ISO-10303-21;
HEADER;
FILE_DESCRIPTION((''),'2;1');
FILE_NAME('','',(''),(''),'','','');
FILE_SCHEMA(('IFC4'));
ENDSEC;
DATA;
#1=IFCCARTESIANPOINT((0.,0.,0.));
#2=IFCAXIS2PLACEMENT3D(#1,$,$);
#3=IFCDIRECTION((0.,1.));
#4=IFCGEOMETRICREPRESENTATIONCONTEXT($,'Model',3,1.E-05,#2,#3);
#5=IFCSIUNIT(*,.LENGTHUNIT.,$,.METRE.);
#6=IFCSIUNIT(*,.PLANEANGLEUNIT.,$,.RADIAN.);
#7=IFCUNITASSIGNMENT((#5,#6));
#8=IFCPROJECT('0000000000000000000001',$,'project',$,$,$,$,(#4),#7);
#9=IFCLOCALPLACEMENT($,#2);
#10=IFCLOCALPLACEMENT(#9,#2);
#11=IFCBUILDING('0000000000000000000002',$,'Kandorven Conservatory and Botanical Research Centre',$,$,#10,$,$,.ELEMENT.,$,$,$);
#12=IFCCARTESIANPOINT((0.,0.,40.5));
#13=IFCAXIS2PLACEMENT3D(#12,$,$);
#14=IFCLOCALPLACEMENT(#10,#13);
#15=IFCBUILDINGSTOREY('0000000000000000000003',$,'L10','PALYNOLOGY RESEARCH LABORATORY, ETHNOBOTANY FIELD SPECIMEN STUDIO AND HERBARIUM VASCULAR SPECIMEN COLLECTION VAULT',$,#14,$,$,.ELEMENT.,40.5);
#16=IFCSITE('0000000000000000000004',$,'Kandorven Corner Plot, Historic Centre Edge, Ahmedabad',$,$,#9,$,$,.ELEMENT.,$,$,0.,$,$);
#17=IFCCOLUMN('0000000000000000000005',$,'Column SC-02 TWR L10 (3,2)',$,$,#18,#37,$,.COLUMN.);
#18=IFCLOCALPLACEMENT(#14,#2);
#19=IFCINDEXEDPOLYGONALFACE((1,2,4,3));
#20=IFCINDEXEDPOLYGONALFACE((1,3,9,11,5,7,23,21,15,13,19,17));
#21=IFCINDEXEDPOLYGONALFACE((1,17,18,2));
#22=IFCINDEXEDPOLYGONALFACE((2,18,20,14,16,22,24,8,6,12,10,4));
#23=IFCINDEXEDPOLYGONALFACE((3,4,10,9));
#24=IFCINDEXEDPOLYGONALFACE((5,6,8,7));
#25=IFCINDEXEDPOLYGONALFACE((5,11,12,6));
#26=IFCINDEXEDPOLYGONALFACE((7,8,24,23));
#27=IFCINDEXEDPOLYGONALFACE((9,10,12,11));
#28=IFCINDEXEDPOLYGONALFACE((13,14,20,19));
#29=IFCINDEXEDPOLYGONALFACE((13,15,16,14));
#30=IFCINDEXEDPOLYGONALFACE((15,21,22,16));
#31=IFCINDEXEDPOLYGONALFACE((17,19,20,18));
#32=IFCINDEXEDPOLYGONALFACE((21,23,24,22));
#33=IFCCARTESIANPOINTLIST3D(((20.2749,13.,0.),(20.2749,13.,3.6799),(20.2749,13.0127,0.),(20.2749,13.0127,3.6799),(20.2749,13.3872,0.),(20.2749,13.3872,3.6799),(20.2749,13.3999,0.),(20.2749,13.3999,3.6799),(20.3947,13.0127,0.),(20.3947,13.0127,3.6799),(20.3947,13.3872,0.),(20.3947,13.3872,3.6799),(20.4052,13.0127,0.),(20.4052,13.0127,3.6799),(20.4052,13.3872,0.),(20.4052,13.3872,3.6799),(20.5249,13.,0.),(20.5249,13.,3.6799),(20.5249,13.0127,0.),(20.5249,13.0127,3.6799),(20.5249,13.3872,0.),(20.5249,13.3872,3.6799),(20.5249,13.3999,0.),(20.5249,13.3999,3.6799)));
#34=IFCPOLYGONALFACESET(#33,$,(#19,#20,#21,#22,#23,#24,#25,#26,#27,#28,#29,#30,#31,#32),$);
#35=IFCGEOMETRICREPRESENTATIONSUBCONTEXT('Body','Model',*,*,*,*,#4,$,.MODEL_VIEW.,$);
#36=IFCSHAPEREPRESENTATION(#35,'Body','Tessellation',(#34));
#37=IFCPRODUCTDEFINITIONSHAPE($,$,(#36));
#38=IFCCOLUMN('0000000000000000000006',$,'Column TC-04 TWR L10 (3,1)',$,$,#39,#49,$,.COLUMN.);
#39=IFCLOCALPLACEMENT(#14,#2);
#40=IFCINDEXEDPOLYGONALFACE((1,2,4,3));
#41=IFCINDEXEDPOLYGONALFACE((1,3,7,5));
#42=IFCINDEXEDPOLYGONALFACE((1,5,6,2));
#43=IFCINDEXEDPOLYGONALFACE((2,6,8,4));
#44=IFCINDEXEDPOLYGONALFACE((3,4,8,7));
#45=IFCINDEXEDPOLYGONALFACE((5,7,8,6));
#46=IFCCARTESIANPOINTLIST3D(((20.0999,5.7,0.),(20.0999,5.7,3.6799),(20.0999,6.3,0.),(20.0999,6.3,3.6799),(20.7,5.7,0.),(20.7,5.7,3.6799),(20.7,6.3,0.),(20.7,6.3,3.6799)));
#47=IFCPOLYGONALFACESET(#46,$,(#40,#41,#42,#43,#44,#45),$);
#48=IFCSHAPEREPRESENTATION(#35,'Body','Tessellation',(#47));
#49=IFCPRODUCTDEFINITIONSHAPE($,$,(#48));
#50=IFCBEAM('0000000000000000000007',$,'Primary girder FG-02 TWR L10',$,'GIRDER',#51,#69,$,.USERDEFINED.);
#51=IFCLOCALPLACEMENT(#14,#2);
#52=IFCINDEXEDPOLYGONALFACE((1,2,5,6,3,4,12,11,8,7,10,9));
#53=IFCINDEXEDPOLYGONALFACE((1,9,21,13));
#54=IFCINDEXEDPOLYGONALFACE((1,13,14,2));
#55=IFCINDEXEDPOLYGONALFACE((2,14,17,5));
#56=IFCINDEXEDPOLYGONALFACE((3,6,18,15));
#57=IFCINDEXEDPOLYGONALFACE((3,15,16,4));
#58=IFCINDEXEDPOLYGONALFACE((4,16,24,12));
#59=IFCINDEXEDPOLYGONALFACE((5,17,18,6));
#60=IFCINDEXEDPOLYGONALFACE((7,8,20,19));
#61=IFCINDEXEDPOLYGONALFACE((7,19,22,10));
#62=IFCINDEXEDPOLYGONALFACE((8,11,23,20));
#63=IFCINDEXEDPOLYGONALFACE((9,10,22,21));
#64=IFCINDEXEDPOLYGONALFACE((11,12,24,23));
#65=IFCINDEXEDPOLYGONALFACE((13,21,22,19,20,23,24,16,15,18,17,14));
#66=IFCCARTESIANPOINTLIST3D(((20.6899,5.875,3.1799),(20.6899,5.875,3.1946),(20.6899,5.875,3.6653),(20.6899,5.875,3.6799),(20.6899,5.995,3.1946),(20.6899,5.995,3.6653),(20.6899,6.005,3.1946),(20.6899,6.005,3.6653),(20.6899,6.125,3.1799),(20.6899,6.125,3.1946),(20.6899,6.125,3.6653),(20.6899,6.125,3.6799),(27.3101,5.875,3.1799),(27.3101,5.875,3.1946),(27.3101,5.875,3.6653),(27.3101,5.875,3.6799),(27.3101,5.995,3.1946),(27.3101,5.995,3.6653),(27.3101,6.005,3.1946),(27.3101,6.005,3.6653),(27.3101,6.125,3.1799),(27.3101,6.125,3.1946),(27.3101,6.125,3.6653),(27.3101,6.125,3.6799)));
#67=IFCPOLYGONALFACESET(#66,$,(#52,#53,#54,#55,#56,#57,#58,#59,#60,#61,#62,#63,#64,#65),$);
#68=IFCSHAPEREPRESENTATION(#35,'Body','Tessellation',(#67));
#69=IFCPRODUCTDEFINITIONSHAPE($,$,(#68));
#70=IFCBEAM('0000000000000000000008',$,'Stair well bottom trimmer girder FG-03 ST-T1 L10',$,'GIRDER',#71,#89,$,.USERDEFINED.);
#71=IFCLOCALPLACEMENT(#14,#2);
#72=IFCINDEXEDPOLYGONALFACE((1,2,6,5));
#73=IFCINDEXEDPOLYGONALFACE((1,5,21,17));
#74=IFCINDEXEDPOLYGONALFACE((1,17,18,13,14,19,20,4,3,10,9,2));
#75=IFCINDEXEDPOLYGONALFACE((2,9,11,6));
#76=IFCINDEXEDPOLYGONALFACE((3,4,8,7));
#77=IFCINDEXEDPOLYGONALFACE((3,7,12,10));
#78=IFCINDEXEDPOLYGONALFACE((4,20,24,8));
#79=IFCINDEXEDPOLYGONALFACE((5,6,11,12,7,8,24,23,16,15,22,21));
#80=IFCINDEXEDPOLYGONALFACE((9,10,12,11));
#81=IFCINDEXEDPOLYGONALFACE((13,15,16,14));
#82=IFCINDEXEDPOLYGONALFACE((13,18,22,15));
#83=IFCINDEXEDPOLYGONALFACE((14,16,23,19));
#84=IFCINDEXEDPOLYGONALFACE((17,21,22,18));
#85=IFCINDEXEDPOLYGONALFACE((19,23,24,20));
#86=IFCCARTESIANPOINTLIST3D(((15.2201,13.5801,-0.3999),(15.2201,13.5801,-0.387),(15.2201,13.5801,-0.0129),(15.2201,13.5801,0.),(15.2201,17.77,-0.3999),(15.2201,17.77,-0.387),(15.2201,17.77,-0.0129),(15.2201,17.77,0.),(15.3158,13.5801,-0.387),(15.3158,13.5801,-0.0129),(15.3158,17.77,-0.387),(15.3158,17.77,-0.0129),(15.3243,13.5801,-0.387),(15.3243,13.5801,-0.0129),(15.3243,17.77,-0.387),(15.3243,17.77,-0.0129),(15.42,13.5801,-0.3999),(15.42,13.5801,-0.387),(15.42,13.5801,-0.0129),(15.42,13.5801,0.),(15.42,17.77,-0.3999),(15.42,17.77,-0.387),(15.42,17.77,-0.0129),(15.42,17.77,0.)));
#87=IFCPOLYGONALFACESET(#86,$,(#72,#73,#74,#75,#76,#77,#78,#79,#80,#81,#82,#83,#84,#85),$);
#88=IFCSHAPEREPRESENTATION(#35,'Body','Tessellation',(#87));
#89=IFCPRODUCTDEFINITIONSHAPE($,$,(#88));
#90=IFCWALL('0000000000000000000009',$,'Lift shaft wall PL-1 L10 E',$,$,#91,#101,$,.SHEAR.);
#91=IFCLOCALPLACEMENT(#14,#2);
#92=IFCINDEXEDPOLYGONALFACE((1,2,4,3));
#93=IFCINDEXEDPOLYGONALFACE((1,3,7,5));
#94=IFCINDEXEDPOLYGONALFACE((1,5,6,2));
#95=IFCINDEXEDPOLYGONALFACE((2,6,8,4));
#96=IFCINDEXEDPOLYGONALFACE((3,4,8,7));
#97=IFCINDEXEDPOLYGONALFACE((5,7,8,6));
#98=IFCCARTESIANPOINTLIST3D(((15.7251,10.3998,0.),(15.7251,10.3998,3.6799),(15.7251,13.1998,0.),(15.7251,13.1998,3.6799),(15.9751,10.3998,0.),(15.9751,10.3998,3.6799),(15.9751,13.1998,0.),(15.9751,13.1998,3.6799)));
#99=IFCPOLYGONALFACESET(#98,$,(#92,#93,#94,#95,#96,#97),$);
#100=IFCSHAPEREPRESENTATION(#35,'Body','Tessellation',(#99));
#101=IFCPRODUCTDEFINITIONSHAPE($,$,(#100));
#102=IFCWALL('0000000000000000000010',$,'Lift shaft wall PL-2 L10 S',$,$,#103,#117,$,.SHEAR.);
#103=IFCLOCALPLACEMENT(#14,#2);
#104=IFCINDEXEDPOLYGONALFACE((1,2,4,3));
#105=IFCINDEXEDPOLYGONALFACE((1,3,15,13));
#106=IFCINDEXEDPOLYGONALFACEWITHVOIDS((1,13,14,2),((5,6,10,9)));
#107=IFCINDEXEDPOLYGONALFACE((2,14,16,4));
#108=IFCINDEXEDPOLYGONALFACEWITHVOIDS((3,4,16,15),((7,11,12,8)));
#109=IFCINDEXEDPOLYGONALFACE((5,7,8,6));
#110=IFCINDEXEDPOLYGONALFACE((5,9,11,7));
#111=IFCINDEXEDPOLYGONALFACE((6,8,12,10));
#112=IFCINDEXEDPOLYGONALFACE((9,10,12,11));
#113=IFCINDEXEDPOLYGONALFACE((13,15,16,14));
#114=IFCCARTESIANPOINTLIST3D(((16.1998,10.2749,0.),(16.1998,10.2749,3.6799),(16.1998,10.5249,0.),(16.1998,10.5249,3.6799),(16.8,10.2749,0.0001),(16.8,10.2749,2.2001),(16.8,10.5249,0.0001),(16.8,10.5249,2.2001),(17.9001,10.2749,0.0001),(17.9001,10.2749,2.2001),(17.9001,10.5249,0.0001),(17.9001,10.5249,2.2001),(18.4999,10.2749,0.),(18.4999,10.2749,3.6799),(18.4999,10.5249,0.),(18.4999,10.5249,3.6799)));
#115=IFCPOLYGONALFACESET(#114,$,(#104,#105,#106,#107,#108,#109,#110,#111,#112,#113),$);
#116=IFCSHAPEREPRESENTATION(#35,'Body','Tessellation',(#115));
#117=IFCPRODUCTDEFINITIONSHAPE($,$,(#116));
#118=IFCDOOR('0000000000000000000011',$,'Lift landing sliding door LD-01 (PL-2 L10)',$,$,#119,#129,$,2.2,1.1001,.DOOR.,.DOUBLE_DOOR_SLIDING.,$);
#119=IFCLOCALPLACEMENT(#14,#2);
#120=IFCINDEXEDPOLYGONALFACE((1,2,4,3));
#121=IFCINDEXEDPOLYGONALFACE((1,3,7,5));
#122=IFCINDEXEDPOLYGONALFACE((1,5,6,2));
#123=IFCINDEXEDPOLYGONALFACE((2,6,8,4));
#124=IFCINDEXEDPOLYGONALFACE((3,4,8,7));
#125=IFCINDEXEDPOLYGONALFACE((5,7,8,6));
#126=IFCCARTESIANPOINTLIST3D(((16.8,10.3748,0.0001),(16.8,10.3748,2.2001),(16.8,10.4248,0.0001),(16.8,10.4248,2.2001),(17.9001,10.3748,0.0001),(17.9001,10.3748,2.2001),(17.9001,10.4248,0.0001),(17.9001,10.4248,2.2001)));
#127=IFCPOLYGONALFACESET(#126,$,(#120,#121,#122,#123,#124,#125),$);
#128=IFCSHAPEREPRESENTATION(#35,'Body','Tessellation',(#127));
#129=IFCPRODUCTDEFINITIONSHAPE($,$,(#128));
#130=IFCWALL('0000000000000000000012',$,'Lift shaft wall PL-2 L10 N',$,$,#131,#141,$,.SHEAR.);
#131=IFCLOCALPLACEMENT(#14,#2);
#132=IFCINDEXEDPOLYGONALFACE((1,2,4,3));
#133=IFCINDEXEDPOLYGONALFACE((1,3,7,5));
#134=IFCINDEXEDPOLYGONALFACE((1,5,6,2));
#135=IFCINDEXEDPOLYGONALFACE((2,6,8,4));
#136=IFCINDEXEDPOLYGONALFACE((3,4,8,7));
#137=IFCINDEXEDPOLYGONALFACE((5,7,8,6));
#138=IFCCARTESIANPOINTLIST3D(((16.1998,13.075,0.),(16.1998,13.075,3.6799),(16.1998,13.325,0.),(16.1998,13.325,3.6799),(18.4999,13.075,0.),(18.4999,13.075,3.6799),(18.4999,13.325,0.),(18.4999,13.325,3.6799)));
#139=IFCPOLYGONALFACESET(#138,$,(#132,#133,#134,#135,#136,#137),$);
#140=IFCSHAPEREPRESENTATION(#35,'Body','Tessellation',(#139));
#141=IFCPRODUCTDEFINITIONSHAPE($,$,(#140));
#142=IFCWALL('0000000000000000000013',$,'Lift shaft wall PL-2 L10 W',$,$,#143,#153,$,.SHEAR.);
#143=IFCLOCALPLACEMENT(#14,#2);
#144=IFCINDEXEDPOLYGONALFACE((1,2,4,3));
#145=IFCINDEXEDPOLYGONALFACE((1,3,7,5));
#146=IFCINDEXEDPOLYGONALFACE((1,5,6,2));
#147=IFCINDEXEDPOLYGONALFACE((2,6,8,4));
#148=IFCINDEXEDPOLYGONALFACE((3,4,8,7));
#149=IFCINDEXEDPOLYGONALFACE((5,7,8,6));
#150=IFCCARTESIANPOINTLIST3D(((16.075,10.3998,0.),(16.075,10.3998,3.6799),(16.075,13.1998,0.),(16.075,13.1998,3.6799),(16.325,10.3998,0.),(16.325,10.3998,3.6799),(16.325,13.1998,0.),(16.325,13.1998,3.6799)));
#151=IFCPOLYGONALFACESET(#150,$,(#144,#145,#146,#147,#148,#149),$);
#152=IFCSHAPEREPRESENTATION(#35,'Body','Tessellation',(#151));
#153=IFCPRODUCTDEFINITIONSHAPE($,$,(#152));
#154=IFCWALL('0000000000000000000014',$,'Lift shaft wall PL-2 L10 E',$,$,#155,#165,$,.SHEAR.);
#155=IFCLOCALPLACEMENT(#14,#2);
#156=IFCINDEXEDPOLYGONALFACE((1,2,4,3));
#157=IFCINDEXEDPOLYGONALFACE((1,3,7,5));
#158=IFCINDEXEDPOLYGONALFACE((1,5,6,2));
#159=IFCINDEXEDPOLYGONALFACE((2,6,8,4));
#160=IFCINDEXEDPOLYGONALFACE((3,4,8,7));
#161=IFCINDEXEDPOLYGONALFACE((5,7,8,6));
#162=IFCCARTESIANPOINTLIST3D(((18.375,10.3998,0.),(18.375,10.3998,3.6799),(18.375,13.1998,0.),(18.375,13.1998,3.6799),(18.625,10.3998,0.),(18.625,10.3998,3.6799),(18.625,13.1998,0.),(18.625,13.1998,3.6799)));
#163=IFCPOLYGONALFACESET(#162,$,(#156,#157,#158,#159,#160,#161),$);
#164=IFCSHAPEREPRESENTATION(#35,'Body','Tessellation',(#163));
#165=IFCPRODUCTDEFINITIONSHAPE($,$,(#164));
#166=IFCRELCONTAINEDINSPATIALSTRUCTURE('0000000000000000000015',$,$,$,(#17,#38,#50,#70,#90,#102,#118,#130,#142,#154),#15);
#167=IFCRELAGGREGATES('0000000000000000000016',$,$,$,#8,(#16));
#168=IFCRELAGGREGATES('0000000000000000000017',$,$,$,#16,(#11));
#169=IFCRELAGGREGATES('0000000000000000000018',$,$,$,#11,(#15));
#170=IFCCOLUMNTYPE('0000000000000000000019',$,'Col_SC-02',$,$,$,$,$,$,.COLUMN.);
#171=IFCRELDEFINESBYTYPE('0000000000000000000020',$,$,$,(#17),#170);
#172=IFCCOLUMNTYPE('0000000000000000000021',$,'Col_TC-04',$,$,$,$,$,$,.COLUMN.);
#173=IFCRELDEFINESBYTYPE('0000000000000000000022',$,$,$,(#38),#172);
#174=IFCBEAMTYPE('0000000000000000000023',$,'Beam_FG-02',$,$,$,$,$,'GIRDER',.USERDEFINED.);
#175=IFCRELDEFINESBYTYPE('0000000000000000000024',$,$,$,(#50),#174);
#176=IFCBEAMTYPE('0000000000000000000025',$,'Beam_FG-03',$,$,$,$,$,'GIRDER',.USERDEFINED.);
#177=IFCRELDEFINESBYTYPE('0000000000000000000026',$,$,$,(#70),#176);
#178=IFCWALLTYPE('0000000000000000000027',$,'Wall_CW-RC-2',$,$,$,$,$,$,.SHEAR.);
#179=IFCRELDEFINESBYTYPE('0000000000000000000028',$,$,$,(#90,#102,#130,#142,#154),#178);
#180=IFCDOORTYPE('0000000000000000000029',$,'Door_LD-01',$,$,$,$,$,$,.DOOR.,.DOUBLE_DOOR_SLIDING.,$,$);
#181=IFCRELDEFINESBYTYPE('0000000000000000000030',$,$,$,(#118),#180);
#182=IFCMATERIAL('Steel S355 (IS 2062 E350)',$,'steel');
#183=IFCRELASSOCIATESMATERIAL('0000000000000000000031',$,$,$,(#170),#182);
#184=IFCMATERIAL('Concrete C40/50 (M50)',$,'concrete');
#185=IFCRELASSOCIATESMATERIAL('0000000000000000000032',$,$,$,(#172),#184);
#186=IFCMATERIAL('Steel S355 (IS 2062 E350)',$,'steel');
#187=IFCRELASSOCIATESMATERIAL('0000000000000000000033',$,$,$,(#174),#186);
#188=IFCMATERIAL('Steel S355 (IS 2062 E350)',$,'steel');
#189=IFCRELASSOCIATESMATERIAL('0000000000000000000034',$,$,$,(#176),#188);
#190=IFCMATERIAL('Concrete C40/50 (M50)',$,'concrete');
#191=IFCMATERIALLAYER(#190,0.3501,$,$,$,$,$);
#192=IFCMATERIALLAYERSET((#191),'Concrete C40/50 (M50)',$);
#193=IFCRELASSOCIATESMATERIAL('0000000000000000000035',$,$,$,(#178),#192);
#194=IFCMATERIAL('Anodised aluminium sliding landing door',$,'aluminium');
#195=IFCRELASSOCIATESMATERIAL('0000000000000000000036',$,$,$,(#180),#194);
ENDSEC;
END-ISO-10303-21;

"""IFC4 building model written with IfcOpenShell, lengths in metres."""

from ifc_helpers import new_model, si_unit, direction, frame, frame_2d, origin, origin_2d, place, context, subcontext, project, spatial, rectangle, i_section, extrude, material, layer, layer_set, material_profile, profile_set, type_object, element, fill, save


model = new_model("IFC4")

# Units and contexts
model_context = context("Model", 3, precision=1e-05, world=origin(), true_north=direction((0.0, 1.0)))
body_context = subcontext(model_context, "Body", "Model", "MODEL_VIEW")
ifc_project = project(units=[si_unit("LENGTHUNIT", "METRE"), si_unit("PLANEANGLEUNIT", "RADIAN")], contexts=[model_context])

# Site, building, storey
site_placement = place(None, origin())
site = spatial("IfcSite", under=ifc_project, at=site_placement, Name="Kandorven Corner Plot, Historic Centre Edge, Ahmedabad", CompositionType="ELEMENT", RefElevation=0.0)
building_placement = place(site_placement, origin())
building = spatial("IfcBuilding", under=site, at=building_placement, Name="Kandorven Conservatory and Botanical Research Centre", CompositionType="ELEMENT")
storey_placement = place(building_placement, frame((0.0, 0.0, 40.5)))
storey = spatial("IfcBuildingStorey", under=building, at=storey_placement, Name="L10", Description="PALYNOLOGY RESEARCH LABORATORY, ETHNOBOTANY FIELD SPECIMEN STUDIO AND HERBARIUM VASCULAR SPECIMEN COLLECTION VAULT", CompositionType="ELEMENT", Elevation=40.5)

# Columns
ifc_material_1 = material(Name="Steel S355 (IS 2062 E350)", Category="steel")
ifc_material_profile_1 = material_profile(ifc_material_1, i_section(OverallWidth=0.25, OverallDepth=0.3999, WebThickness=0.0105, FlangeThickness=0.0127, at=origin_2d()))
ifc_profile_set_1 = profile_set([ifc_material_profile_1], Name="Steel S355 (IS 2062 E350)")
column_type_1 = type_object("IfcColumnType", Name="Col_SC-02", PredefinedType="COLUMN", material=ifc_profile_set_1)
column_1_placement = place(storey_placement, frame((20.3999, 13.2, 0.0), z_axis=(0.0, 0.0, 1.0), x_axis=(1.0, 0.0, 0.0)))
element("IfcColumn", 1, at=column_1_placement, inside=storey, type_object=column_type_1, Name="Column SC-02 TWR L10 (3,2)", PredefinedType="COLUMN", context=body_context, shape_type="SweptSolid", body=[
    extrude(i_section(OverallWidth=0.25, OverallDepth=0.3999, WebThickness=0.0105, FlangeThickness=0.0127, at=origin_2d()), origin(), (0.0, 0.0, 1.0), 3.6799),
])
ifc_material_2 = material(Name="Concrete C40/50 (M50)", Category="concrete")
ifc_material_profile_2 = material_profile(ifc_material_2, rectangle(XDim=0.6001, YDim=0.6001, at=origin_2d()))
ifc_profile_set_2 = profile_set([ifc_material_profile_2], Name="Concrete C40/50 (M50)")
column_type_2 = type_object("IfcColumnType", Name="Col_TC-04", PredefinedType="COLUMN", material=ifc_profile_set_2)
column_2_placement = place(storey_placement, frame((20.3999, 6.0, 0.0), z_axis=(0.0, 0.0, 1.0), x_axis=(1.0, 0.0, 0.0)))
element("IfcColumn", 2, at=column_2_placement, inside=storey, type_object=column_type_2, Name="Column TC-04 TWR L10 (3,1)", PredefinedType="COLUMN", context=body_context, shape_type="SweptSolid", body=[
    extrude(rectangle(XDim=0.6001, YDim=0.6001, at=origin_2d()), origin(), (0.0, 0.0, 1.0), 3.6799),
])

# Beams
ifc_material_3 = material(Name="Steel S355 (IS 2062 E350)", Category="steel")
ifc_material_profile_3 = material_profile(ifc_material_3, i_section(OverallWidth=0.25, OverallDepth=0.5, WebThickness=0.01, FlangeThickness=0.0146, at=origin_2d()))
ifc_profile_set_3 = profile_set([ifc_material_profile_3], Name="Steel S355 (IS 2062 E350)")
beam_type_1 = type_object("IfcBeamType", Name="Beam_FG-02", ElementType="GIRDER", PredefinedType="USERDEFINED", material=ifc_profile_set_3)
beam_1_placement = place(storey_placement, frame((20.6899, 6.0, 3.4299), z_axis=(1.0, 0.0, 0.0), x_axis=(0.0, 1.0, 0.0)))
element("IfcBeam", 3, at=beam_1_placement, inside=storey, type_object=beam_type_1, Name="Primary girder FG-02 TWR L10", ObjectType="GIRDER", PredefinedType="USERDEFINED", context=body_context, shape_type="SweptSolid", body=[
    extrude(i_section(OverallWidth=0.25, OverallDepth=0.5, WebThickness=0.01, FlangeThickness=0.0146, at=origin_2d()), origin(), (0.0, 0.0, 1.0), 6.6201),
])
ifc_material_4 = material(Name="Steel S355 (IS 2062 E350)", Category="steel")
ifc_material_profile_4 = material_profile(ifc_material_4, i_section(OverallWidth=0.2, OverallDepth=0.3999, WebThickness=0.0085, FlangeThickness=0.0129, at=origin_2d()))
ifc_profile_set_4 = profile_set([ifc_material_profile_4], Name="Steel S355 (IS 2062 E350)")
beam_type_2 = type_object("IfcBeamType", Name="Beam_FG-03", ElementType="GIRDER", PredefinedType="USERDEFINED", material=ifc_profile_set_4)
beam_2_placement = place(storey_placement, frame((15.3201, 13.5801, -0.2), z_axis=(0.0, 1.0, 0.0), x_axis=(-1.0, 0.0, 0.0)))
element("IfcBeam", 4, at=beam_2_placement, inside=storey, type_object=beam_type_2, Name="Stair well bottom trimmer girder FG-03 ST-T1 L10", ObjectType="GIRDER", PredefinedType="USERDEFINED", context=body_context, shape_type="SweptSolid", body=[
    extrude(i_section(OverallWidth=0.2, OverallDepth=0.3999, WebThickness=0.0085, FlangeThickness=0.0129, at=origin_2d()), origin(), (0.0, 0.0, 1.0), 4.1899),
])

# Wall
ifc_material_5 = material(Name="Concrete C40/50 (M50)", Category="concrete")
ifc_layer_1 = layer(ifc_material_5, 0.3501)
ifc_layer_set_1 = layer_set([ifc_layer_1], Name="Concrete C40/50 (M50)")
wall_type_1 = type_object("IfcWallType", Name="Wall_CW-RC-2", PredefinedType="SHEAR", material=ifc_layer_set_1)
wall_1_placement = place(storey_placement, frame((15.8501, 10.3999, 0.0), z_axis=(0.0, 0.0, 1.0), x_axis=(0.0, 1.0, 0.0)))
element("IfcWall", 5, at=wall_1_placement, inside=storey, type_object=wall_type_1, Name="Lift shaft wall PL-1 L10 E", PredefinedType="SHEAR", context=body_context, shape_type="SweptSolid", body=[
    extrude(rectangle(XDim=2.8, YDim=0.25, at=frame_2d((1.3999, 0.0))), origin(), (0.0, 0.0, 1.0), 3.6799),
])

# Wall, opening, door
wall_2_placement = place(storey_placement, frame((16.2, 10.3999, 0.0), z_axis=(0.0, 0.0, 1.0), x_axis=(1.0, 0.0, 0.0)))
wall_2 = element("IfcWall", 6, at=wall_2_placement, inside=storey, type_object=wall_type_1, Name="Lift shaft wall PL-2 L10 S", PredefinedType="SHEAR", context=body_context, shape_type="SweptSolid", body=[
    extrude(rectangle(XDim=2.3, YDim=0.25, at=frame_2d((1.1499, 0.0))), origin(), (0.0, 0.0, 1.0), 3.6799),
])
opening_1_placement = place(wall_2_placement, frame((0.6001, 0.0, 0.0)))
opening_1 = element("IfcOpeningElement", 7, at=opening_1_placement, cuts=wall_2, PredefinedType="OPENING", context=body_context, shape_type="SweptSolid", body=[
    extrude(rectangle(XDim=1.1001, YDim=2.2, at=frame_2d((0.55, 1.1001))), frame((0.0, 0.135, 0.0), z_axis=(0.0, -1.0, 0.0), x_axis=(1.0, 0.0, 0.0)), (0.0, 0.0, 1.0), 0.27),
])
ifc_material_6 = material(Name="Anodised aluminium sliding landing door", Category="aluminium")
door_type_1 = type_object("IfcDoorType", Name="Door_LD-01", OperationType="DOUBLE_DOOR_SLIDING", PredefinedType="DOOR", material=ifc_material_6)
door_1_placement = place(opening_1_placement, origin())
door_1 = element("IfcDoor", 8, at=door_1_placement, inside=storey, type_object=door_type_1, Name="Lift landing sliding door LD-01 (PL-2 L10)", OperationType="DOUBLE_DOOR_SLIDING", OverallHeight=2.2, OverallWidth=1.1001, PredefinedType="DOOR", context=body_context, shape_type="SweptSolid", body=[
    extrude(rectangle(XDim=1.1001, YDim=2.2, at=frame_2d((0.55, 1.1001))), frame((0.0, 0.0249, 0.0), z_axis=(0.0, -1.0, 0.0), x_axis=(1.0, 0.0, 0.0)), (0.0, 0.0, 1.0), 0.05),
])
fill(opening_1, door_1)

# Walls
wall_3_placement = place(storey_placement, frame((16.2, 13.2, 0.0), z_axis=(0.0, 0.0, 1.0), x_axis=(1.0, 0.0, 0.0)))
element("IfcWall", 9, at=wall_3_placement, inside=storey, type_object=wall_type_1, Name="Lift shaft wall PL-2 L10 N", PredefinedType="SHEAR", context=body_context, shape_type="SweptSolid", body=[
    extrude(rectangle(XDim=2.3, YDim=0.25, at=frame_2d((1.1499, 0.0))), origin(), (0.0, 0.0, 1.0), 3.6799),
])
for number, where, z_axis, x_axis, name in (
    (10, (16.2, 10.3999, 0.0), (0.0, 0.0, 1.0), (0.0, 1.0, 0.0), "Lift shaft wall PL-2 L10 W"),
    (11, (18.5, 10.3999, 0.0), (0.0, 0.0, 1.0), (0.0, 1.0, 0.0), "Lift shaft wall PL-2 L10 E"),
):
    element("IfcWall", number, at=place(storey_placement, frame(where, z_axis=z_axis, x_axis=x_axis)), inside=storey, type_object=wall_type_1, Name=name, PredefinedType="SHEAR", context=body_context, shape_type="SweptSolid", body=[
        extrude(rectangle(XDim=2.8, YDim=0.25, at=frame_2d((1.3999, 0.0))), origin(), (0.0, 0.0, 1.0), 3.6799),
    ])

save(model, "model.ifc")
